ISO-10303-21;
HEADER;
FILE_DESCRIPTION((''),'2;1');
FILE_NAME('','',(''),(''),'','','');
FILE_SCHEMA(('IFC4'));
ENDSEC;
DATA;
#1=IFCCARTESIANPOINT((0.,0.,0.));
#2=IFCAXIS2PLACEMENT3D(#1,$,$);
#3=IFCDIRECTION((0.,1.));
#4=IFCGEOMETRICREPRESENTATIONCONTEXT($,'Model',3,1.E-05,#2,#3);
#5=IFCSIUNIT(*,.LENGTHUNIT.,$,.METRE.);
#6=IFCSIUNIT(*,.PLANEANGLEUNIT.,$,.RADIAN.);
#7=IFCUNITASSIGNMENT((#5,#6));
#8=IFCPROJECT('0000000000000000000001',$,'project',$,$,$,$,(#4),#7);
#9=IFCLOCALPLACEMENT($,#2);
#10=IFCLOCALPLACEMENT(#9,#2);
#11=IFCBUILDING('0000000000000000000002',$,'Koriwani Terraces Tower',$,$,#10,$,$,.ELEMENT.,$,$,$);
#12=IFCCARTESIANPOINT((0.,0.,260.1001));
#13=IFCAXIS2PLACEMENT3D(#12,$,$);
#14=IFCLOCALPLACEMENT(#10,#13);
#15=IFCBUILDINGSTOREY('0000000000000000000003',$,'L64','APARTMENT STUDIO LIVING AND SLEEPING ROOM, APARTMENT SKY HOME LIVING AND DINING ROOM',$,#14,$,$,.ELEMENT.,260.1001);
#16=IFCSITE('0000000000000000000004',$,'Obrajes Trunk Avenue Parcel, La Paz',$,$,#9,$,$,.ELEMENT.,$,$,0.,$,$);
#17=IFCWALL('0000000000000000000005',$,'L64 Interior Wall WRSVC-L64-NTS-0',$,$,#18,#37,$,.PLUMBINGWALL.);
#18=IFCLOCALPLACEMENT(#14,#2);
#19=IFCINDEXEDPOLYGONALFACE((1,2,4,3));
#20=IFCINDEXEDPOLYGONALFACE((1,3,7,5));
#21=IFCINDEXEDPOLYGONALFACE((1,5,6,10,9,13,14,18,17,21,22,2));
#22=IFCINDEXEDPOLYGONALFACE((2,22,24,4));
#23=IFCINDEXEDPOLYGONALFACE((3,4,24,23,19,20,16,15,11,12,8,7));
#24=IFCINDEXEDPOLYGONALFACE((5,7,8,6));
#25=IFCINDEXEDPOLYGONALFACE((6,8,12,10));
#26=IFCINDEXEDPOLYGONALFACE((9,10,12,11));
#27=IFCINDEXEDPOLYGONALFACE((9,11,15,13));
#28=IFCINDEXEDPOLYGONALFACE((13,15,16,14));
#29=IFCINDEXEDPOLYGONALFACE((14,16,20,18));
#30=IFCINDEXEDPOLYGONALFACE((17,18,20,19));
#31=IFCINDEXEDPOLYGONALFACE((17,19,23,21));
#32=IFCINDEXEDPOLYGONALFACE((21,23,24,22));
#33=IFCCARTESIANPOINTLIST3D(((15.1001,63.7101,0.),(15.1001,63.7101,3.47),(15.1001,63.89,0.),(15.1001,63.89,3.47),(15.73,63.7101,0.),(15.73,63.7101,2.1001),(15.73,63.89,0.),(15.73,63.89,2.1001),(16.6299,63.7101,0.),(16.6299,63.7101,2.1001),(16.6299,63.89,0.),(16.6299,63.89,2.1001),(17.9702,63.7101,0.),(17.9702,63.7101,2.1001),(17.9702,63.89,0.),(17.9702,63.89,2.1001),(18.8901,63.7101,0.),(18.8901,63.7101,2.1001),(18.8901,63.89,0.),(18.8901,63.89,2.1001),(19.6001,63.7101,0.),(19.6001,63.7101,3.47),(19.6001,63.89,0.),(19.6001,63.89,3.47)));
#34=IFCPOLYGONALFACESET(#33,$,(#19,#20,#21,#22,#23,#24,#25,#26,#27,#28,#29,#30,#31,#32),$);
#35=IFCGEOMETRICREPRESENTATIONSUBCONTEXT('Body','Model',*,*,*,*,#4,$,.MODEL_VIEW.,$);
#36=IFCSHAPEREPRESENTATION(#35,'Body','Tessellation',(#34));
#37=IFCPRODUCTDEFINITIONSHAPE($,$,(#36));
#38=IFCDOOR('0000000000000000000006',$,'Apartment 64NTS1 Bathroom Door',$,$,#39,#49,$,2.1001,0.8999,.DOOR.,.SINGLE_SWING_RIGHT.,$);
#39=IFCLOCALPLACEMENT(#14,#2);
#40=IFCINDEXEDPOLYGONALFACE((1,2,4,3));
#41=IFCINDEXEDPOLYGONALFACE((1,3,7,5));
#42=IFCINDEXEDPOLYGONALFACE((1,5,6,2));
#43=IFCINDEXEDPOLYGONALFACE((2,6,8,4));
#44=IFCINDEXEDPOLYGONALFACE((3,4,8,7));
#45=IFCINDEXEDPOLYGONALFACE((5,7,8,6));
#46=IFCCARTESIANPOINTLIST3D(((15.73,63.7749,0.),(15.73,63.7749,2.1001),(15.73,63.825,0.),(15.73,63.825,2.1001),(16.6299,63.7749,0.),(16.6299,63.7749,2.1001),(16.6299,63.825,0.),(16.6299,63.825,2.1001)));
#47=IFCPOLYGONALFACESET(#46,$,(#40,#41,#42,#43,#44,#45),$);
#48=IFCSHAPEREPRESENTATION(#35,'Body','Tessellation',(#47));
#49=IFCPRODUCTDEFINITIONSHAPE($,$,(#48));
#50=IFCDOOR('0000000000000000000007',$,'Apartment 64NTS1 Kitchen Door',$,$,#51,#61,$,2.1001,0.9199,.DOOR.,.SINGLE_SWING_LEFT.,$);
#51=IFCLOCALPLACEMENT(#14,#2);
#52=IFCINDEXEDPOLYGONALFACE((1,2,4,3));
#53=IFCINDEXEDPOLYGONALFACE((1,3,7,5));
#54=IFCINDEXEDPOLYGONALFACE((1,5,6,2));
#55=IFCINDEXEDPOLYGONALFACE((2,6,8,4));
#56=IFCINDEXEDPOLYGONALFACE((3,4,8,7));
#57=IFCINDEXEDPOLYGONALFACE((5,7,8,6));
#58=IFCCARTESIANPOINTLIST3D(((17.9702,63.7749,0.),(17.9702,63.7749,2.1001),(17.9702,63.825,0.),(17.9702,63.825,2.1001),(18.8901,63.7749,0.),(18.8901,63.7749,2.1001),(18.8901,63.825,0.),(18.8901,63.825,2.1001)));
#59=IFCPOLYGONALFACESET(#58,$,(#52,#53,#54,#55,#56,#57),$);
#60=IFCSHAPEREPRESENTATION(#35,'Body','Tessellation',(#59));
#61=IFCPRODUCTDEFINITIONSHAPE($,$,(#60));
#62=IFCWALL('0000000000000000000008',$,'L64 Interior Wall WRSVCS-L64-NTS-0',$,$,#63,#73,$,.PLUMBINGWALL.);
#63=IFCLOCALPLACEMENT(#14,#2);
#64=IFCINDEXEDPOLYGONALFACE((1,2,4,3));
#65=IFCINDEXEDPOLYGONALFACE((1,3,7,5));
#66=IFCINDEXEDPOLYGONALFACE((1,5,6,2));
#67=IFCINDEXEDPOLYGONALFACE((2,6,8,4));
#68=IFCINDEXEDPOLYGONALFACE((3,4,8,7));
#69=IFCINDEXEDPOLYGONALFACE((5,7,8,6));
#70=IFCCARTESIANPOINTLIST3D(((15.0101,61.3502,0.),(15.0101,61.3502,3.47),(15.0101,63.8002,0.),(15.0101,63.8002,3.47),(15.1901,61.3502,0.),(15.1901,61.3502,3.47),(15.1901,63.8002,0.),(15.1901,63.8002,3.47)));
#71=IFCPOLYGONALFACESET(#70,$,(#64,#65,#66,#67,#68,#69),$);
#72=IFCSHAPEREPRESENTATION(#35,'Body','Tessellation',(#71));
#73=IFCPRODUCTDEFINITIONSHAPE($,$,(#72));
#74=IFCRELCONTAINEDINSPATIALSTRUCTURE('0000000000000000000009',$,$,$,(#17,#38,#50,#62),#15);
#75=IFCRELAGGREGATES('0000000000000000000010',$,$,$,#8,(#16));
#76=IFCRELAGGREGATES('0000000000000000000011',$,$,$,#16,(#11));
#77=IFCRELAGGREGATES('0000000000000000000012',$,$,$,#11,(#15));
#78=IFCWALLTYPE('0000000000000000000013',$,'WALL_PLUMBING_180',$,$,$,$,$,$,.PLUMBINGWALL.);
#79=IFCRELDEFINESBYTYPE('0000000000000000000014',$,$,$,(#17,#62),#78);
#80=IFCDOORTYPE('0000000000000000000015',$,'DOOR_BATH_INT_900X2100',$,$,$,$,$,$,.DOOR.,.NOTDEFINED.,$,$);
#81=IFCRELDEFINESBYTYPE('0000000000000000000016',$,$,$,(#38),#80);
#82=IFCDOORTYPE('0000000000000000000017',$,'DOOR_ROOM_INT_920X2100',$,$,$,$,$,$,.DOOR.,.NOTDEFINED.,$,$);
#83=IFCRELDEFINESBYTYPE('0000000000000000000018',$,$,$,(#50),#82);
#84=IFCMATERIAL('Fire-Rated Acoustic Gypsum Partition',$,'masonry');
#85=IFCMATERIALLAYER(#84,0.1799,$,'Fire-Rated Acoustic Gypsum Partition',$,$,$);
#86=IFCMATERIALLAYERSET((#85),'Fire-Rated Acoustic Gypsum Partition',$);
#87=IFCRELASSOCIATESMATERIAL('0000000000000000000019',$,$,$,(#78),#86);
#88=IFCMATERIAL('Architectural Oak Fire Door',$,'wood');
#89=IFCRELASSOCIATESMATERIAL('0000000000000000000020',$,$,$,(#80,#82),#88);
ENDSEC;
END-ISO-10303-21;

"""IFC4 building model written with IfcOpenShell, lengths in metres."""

from ifc_helpers import new_model, si_unit, direction, frame, frame_2d, origin, place, context, subcontext, project, spatial, rectangle, extrude, material, layer, layer_set, type_object, element, fill, save


model = new_model("IFC4")

# Units and contexts
model_context = context("Model", 3, precision=1e-05, world=origin(), true_north=direction((0.0, 1.0)))
body_context = subcontext(model_context, "Body", "Model", "MODEL_VIEW")
ifc_project = project(units=[si_unit("LENGTHUNIT", "METRE"), si_unit("PLANEANGLEUNIT", "RADIAN")], contexts=[model_context])

# Site, building, storey
site_placement = place(None, origin())
site = spatial("IfcSite", under=ifc_project, at=site_placement, Name="Obrajes Trunk Avenue Parcel, La Paz", CompositionType="ELEMENT", RefElevation=0.0)
building_placement = place(site_placement, origin())
building = spatial("IfcBuilding", under=site, at=building_placement, Name="Koriwani Terraces Tower", CompositionType="ELEMENT")
storey_placement = place(building_placement, frame((0.0, 0.0, 260.1001)))
storey = spatial("IfcBuildingStorey", under=building, at=storey_placement, Name="L64", Description="APARTMENT STUDIO LIVING AND SLEEPING ROOM, APARTMENT SKY HOME LIVING AND DINING ROOM", CompositionType="ELEMENT", Elevation=260.1001)

# Shared definitions
ifc_material_1 = material(Name="Architectural Oak Fire Door", Category="wood")

# Wall, openings, doors
ifc_material_2 = material(Name="Fire-Rated Acoustic Gypsum Partition", Category="masonry")
ifc_layer_1 = layer(ifc_material_2, 0.1799, Name="Fire-Rated Acoustic Gypsum Partition")
ifc_layer_set_1 = layer_set([ifc_layer_1], Name="Fire-Rated Acoustic Gypsum Partition")
wall_type_1 = type_object("IfcWallType", Name="WALL_PLUMBING_180", PredefinedType="PLUMBINGWALL", material=ifc_layer_set_1)
wall_1_placement = place(storey_placement, frame((15.1001, 63.8, 0.0), z_axis=(0.0, 0.0, 1.0), x_axis=(1.0, 0.0, 0.0)))
wall_1 = element("IfcWall", 1, at=wall_1_placement, inside=storey, type_object=wall_type_1, Name="L64 Interior Wall WRSVC-L64-NTS-0", PredefinedType="PLUMBINGWALL", context=body_context, shape_type="SweptSolid", body=[
    extrude(rectangle(XDim=4.5, YDim=0.1799, at=frame_2d((2.25, 0.0))), origin(), (0.0, 0.0, 1.0), 3.47),
])
opening_1_placement = place(wall_1_placement, frame((0.6299, 0.0, 0.0)))
opening_1 = element("IfcOpeningElement", 2, at=opening_1_placement, cuts=wall_1, PredefinedType="OPENING", context=body_context, shape_type="SweptSolid", body=[
    extrude(rectangle(XDim=0.8999, YDim=2.1001, at=frame_2d((0.45, 1.05))), frame((0.0, 0.1001, 0.0), z_axis=(0.0, -1.0, 0.0), x_axis=(1.0, 0.0, 0.0)), (0.0, 0.0, 1.0), 0.2),
])
opening_2_placement = place(wall_1_placement, frame((2.8701, 0.0, 0.0)))
opening_2 = element("IfcOpeningElement", 3, at=opening_2_placement, cuts=wall_1, PredefinedType="OPENING", context=body_context, shape_type="SweptSolid", body=[
    extrude(rectangle(XDim=0.9199, YDim=2.1001, at=frame_2d((0.46, 1.05))), frame((0.0, 0.1001, 0.0), z_axis=(0.0, -1.0, 0.0), x_axis=(1.0, 0.0, 0.0)), (0.0, 0.0, 1.0), 0.2),
])
door_type_1 = type_object("IfcDoorType", Name="DOOR_BATH_INT_900X2100", OperationType="NOTDEFINED", PredefinedType="DOOR", material=ifc_material_1)
door_1_placement = place(opening_1_placement, origin())
door_1 = element("IfcDoor", 4, at=door_1_placement, inside=storey, type_object=door_type_1, Name="Apartment 64NTS1 Bathroom Door", OperationType="SINGLE_SWING_RIGHT", OverallHeight=2.1001, OverallWidth=0.8999, PredefinedType="DOOR", context=body_context, shape_type="SweptSolid", body=[
    extrude(rectangle(XDim=0.8999, YDim=2.1001, at=frame_2d((0.45, 1.05))), frame((0.0, 0.0249, 0.0), z_axis=(0.0, -1.0, 0.0), x_axis=(1.0, 0.0, 0.0)), (0.0, 0.0, 1.0), 0.05),
])
fill(opening_1, door_1)
door_type_2 = type_object("IfcDoorType", Name="DOOR_ROOM_INT_920X2100", OperationType="NOTDEFINED", PredefinedType="DOOR", material=ifc_material_1)
door_2_placement = place(opening_2_placement, origin())
door_2 = element("IfcDoor", 5, at=door_2_placement, inside=storey, type_object=door_type_2, Name="Apartment 64NTS1 Kitchen Door", OperationType="SINGLE_SWING_LEFT", OverallHeight=2.1001, OverallWidth=0.9199, PredefinedType="DOOR", context=body_context, shape_type="SweptSolid", body=[
    extrude(rectangle(XDim=0.9199, YDim=2.1001, at=frame_2d((0.46, 1.05))), frame((0.0, 0.0249, 0.0), z_axis=(0.0, -1.0, 0.0), x_axis=(1.0, 0.0, 0.0)), (0.0, 0.0, 1.0), 0.05),
])
fill(opening_2, door_2)

# Wall
wall_2_placement = place(storey_placement, frame((15.1001, 61.3501, 0.0), z_axis=(0.0, 0.0, 1.0), x_axis=(0.0, 1.0, 0.0)))
element("IfcWall", 6, at=wall_2_placement, inside=storey, type_object=wall_type_1, Name="L64 Interior Wall WRSVCS-L64-NTS-0", PredefinedType="PLUMBINGWALL", context=body_context, shape_type="SweptSolid", body=[
    extrude(rectangle(XDim=2.45, YDim=0.1799, at=frame_2d((1.2251, 0.0))), origin(), (0.0, 0.0, 1.0), 3.47),
])

save(model, "model.ifc")
